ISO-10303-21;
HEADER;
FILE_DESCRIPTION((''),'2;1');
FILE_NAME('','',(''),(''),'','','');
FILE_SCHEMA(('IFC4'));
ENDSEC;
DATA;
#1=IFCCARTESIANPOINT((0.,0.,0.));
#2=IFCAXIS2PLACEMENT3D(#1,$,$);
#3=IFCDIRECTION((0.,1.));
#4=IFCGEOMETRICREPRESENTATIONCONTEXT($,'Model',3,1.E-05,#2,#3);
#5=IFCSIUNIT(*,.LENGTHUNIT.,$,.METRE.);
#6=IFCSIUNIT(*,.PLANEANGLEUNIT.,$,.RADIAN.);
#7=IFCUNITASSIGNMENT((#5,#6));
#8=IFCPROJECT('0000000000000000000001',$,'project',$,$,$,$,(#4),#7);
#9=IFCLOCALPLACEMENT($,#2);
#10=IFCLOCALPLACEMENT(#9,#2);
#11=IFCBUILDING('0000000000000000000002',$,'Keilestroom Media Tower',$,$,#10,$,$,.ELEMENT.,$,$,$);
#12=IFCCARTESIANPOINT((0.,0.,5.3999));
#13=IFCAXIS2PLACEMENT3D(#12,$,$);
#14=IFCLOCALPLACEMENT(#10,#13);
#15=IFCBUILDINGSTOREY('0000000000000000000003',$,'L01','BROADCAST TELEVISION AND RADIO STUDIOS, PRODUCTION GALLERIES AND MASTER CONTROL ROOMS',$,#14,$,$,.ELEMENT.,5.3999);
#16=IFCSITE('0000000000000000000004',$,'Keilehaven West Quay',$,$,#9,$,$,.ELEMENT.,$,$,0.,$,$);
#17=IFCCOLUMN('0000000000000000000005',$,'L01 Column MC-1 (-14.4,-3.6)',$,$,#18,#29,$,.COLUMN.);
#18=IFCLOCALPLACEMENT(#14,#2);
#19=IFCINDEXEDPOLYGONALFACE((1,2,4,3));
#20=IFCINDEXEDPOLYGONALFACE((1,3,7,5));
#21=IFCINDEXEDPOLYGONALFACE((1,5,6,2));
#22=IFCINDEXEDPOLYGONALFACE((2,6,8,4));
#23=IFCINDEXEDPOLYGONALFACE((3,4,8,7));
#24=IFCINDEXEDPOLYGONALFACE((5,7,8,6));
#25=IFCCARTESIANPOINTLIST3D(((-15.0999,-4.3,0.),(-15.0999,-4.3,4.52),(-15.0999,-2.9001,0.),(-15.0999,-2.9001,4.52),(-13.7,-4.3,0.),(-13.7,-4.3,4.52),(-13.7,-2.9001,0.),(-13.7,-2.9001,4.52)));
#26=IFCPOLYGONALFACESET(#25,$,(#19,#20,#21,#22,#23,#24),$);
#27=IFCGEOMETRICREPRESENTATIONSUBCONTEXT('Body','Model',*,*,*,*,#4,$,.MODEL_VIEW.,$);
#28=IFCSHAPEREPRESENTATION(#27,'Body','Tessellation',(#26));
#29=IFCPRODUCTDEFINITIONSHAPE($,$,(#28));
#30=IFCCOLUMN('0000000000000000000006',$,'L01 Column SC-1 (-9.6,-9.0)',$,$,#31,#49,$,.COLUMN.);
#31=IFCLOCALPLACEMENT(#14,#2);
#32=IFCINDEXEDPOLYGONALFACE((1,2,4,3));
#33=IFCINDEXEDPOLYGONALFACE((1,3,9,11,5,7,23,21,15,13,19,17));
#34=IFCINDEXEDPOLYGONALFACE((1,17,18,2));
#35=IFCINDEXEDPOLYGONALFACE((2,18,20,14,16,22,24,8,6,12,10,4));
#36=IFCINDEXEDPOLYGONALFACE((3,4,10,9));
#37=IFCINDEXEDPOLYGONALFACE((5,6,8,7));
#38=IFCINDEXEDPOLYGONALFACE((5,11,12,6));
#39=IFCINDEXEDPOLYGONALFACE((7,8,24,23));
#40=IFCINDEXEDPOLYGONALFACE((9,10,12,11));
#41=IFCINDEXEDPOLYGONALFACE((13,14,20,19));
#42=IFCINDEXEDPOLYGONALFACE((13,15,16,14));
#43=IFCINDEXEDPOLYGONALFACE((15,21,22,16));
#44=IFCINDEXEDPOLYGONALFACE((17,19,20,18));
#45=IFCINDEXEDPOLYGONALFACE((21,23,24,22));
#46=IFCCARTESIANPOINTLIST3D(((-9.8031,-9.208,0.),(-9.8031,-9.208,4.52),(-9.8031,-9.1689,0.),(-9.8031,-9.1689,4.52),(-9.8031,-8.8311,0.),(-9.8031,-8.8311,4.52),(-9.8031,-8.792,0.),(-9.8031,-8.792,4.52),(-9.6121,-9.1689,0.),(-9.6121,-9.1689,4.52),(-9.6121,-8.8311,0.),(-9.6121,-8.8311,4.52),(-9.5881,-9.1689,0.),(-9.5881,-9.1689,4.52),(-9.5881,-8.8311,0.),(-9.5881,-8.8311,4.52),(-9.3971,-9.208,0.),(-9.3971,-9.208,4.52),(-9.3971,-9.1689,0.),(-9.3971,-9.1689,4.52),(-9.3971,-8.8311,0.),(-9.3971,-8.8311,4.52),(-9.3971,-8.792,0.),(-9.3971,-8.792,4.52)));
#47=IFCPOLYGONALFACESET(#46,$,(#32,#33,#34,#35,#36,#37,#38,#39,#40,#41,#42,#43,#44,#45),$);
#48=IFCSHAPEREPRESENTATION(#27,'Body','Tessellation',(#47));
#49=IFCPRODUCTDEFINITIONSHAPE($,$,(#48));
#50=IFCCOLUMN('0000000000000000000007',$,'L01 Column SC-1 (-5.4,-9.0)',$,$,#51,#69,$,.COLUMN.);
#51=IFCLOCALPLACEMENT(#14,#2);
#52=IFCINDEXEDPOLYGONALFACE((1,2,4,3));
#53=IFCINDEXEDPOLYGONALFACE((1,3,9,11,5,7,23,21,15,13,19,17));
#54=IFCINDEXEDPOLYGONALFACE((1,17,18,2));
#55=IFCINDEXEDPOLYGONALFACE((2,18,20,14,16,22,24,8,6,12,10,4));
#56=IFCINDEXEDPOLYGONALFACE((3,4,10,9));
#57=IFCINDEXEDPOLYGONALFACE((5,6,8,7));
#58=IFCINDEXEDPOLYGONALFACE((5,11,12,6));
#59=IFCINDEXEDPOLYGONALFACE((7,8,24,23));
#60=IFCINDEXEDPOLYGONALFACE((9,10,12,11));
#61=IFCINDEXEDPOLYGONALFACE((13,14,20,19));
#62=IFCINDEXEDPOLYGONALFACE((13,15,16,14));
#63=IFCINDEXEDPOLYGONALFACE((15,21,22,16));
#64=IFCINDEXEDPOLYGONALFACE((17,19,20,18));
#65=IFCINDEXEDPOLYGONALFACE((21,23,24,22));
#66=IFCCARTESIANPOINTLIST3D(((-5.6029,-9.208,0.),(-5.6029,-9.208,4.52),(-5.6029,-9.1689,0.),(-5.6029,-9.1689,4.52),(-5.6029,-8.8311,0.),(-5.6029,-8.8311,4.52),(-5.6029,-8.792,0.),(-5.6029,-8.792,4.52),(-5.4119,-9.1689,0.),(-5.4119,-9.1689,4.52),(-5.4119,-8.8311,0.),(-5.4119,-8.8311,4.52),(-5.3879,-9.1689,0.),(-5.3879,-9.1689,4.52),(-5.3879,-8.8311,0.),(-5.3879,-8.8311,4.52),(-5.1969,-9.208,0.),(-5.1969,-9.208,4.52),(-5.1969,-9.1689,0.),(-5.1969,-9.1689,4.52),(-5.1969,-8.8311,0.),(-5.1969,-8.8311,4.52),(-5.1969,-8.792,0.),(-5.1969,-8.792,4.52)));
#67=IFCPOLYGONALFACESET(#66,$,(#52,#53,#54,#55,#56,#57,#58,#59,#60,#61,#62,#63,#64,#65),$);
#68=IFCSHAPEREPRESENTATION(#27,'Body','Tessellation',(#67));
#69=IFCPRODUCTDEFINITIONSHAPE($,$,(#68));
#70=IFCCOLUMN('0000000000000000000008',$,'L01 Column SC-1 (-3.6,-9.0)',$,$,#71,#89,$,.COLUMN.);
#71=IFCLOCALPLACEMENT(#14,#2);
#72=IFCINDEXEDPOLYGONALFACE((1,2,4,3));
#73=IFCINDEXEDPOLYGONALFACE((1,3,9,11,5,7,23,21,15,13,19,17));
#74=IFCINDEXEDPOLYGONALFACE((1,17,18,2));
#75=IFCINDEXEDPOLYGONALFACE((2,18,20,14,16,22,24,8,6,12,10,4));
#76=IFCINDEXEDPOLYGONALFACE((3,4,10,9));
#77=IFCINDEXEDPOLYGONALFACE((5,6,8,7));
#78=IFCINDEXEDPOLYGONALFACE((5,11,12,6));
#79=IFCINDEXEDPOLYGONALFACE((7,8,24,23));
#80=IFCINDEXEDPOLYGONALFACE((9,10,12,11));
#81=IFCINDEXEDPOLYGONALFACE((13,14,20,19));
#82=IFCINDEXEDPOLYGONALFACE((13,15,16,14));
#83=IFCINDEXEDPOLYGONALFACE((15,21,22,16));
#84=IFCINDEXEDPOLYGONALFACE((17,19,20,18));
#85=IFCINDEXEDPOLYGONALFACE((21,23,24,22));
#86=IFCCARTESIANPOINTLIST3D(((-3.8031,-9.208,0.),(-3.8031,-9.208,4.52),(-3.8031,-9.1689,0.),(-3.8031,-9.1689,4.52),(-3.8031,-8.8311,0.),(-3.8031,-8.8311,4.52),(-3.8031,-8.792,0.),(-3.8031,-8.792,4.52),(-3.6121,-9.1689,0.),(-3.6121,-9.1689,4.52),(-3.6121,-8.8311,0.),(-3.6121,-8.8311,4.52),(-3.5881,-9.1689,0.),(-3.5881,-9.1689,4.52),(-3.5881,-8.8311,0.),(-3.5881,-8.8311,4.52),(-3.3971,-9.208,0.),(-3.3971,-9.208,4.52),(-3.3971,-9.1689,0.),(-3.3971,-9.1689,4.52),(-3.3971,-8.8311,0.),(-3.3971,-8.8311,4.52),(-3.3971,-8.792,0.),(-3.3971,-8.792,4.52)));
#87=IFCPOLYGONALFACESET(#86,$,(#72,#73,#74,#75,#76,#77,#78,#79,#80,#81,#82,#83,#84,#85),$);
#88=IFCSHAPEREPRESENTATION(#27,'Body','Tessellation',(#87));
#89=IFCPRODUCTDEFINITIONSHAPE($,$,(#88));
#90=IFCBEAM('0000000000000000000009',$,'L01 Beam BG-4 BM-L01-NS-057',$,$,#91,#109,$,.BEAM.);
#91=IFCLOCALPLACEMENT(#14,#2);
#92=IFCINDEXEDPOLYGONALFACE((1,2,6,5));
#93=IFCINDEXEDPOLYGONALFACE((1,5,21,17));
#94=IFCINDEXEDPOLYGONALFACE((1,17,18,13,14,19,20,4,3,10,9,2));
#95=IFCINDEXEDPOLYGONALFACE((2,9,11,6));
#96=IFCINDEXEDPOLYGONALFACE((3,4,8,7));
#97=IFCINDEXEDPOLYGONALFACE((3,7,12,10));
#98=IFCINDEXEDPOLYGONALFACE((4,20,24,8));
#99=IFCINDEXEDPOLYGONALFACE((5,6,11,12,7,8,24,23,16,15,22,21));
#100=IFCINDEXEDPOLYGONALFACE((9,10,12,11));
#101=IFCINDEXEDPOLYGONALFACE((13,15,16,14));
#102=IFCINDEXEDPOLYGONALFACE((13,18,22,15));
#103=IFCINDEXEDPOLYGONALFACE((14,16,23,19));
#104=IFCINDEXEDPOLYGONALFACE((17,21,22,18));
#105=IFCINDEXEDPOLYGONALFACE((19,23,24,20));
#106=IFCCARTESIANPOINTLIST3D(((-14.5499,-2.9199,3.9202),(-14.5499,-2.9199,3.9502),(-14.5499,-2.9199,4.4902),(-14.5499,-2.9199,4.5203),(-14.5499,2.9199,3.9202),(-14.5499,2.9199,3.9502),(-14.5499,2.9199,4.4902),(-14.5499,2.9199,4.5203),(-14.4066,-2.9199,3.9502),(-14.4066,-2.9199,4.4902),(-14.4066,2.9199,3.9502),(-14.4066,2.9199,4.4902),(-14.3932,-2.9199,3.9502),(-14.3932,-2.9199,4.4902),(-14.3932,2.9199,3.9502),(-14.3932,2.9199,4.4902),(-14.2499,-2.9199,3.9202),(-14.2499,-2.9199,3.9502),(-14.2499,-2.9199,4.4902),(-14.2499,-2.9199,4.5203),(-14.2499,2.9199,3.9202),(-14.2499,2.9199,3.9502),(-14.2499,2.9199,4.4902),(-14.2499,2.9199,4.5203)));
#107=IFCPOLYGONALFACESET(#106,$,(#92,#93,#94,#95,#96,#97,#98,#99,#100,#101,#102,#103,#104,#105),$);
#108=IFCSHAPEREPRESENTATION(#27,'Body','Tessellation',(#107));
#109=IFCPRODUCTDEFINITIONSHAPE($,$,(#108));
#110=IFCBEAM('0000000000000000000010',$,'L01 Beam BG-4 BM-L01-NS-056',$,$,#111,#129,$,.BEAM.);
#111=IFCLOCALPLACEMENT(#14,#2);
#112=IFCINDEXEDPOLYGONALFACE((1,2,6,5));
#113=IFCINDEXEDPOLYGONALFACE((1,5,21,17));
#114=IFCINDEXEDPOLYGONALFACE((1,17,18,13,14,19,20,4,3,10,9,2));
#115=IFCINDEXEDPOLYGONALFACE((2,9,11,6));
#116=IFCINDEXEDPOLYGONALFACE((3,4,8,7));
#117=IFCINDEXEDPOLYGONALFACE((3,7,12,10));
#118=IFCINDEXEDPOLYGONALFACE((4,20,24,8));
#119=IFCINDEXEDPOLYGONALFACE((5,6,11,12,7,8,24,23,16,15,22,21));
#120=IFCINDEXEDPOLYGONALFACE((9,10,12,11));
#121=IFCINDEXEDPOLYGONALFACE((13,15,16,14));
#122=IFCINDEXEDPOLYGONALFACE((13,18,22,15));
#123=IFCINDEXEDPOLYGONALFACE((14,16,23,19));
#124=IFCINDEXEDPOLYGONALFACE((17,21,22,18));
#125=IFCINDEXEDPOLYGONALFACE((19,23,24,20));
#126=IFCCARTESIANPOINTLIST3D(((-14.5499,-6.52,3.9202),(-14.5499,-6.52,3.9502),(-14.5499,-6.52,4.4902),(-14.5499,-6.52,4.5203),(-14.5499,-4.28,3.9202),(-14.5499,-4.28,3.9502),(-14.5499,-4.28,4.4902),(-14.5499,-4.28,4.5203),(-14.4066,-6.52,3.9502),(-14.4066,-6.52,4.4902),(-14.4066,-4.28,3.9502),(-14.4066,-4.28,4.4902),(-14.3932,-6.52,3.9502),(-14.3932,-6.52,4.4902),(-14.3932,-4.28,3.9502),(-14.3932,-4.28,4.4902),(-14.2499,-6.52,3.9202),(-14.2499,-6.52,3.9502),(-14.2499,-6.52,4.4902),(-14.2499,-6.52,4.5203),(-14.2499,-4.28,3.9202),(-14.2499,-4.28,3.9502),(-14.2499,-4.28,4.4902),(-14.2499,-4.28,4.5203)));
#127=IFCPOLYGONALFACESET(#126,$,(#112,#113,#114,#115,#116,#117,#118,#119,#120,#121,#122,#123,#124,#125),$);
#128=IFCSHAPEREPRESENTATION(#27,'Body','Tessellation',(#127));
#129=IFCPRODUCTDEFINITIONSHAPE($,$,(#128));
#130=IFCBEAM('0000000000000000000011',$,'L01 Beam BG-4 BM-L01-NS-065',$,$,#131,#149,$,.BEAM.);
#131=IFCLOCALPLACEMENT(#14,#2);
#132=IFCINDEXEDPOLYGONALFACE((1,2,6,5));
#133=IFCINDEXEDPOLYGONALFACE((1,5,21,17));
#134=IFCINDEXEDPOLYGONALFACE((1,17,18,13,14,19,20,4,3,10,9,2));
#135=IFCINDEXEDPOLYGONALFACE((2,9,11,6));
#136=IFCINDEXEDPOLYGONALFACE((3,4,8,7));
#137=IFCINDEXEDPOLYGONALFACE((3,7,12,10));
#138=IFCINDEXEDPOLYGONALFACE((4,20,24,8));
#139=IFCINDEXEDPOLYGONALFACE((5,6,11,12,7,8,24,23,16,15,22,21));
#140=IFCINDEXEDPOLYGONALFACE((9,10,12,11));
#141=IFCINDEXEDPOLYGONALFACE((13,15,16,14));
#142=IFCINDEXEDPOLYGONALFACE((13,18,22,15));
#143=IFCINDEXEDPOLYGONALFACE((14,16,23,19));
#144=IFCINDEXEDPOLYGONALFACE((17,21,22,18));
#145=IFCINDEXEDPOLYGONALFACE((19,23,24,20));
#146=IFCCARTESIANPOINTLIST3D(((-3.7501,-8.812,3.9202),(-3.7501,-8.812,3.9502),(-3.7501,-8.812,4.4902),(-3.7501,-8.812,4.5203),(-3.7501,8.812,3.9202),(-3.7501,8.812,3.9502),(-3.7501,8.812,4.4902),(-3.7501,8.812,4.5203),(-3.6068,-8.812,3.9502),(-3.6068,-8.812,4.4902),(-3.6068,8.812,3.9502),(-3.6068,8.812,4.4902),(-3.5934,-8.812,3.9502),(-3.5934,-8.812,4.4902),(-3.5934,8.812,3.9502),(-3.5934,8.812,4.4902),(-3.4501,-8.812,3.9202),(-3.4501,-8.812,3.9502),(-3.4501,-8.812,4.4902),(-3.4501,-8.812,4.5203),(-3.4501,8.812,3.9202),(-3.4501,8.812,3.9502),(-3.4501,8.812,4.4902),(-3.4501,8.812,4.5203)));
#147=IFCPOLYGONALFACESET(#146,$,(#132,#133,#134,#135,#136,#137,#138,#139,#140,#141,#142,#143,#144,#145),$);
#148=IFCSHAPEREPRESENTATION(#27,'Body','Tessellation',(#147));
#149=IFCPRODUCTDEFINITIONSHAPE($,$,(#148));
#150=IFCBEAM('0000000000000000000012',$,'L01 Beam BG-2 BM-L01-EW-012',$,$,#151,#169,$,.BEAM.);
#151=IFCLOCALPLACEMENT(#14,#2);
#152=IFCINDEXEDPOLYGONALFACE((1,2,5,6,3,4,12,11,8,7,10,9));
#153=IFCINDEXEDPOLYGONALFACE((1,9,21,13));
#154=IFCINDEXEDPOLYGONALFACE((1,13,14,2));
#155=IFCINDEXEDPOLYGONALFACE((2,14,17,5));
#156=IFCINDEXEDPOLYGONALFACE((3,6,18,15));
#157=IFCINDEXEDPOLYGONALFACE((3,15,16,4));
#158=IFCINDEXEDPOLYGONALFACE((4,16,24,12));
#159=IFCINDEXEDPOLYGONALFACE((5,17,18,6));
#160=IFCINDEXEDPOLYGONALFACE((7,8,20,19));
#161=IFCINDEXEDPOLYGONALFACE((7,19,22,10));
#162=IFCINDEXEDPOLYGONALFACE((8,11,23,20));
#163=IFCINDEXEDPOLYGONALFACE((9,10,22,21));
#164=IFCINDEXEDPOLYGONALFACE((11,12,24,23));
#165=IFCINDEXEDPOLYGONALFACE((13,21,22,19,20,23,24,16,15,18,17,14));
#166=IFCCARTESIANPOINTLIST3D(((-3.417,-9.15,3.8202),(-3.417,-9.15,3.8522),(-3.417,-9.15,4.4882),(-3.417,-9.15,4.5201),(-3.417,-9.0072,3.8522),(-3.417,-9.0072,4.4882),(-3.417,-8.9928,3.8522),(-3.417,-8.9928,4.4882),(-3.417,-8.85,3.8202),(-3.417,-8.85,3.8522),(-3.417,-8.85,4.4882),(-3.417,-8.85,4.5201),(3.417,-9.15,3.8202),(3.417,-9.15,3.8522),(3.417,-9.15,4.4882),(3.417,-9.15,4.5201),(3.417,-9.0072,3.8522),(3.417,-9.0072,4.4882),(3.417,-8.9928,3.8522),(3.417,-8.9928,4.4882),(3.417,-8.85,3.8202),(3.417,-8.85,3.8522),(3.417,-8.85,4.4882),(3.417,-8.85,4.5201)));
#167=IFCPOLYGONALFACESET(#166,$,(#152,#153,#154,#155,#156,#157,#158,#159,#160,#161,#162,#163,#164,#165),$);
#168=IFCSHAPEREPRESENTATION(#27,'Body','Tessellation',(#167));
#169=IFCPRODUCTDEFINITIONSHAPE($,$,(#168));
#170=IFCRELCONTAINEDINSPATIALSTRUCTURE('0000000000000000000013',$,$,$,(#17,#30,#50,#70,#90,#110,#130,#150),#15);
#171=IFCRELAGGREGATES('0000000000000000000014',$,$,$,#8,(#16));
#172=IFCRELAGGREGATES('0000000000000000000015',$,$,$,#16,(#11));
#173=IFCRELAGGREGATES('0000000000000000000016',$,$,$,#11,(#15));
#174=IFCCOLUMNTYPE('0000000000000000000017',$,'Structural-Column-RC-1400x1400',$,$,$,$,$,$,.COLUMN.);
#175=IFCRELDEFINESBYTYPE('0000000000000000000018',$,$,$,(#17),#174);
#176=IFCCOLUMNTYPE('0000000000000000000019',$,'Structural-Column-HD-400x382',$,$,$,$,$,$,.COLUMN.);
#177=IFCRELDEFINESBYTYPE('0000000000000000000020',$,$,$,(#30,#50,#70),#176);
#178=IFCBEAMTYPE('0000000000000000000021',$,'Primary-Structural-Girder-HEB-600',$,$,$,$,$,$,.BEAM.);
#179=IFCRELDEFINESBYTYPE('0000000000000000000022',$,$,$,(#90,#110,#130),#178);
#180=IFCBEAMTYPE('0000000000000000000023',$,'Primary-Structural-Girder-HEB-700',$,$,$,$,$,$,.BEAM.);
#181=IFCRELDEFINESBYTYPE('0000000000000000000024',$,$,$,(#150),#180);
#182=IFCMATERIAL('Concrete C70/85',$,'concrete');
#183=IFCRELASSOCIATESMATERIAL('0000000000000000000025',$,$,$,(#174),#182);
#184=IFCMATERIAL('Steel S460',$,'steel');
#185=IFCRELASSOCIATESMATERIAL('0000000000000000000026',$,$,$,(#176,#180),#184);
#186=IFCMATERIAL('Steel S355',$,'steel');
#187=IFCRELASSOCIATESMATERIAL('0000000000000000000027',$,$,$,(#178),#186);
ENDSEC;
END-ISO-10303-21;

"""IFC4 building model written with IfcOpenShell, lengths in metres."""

from ifc_helpers import new_model, si_unit, direction, frame, origin, origin_2d, place, context, subcontext, project, spatial, rectangle, i_section, extrude, source, transform, mapped, material, material_profile, profile_set, type_object, element, save


model = new_model("IFC4")

# Units and contexts
model_context = context("Model", 3, precision=1e-05, world=origin(), true_north=direction((0.0, 1.0)))
body_context = subcontext(model_context, "Body", "Model", "MODEL_VIEW")
ifc_project = project(units=[si_unit("LENGTHUNIT", "METRE"), si_unit("PLANEANGLEUNIT", "RADIAN")], contexts=[model_context])

# Site, building, storey
site_placement = place(None, origin())
site = spatial("IfcSite", under=ifc_project, at=site_placement, Name="Keilehaven West Quay", CompositionType="ELEMENT", RefElevation=0.0)
building_placement = place(site_placement, origin())
building = spatial("IfcBuilding", under=site, at=building_placement, Name="Keilestroom Media Tower", CompositionType="ELEMENT")
storey_placement = place(building_placement, frame((0.0, 0.0, 5.3999)))
storey = spatial("IfcBuildingStorey", under=building, at=storey_placement, Name="L01", Description="BROADCAST TELEVISION AND RADIO STUDIOS, PRODUCTION GALLERIES AND MASTER CONTROL ROOMS", CompositionType="ELEMENT", Elevation=5.3999)

# Columns
ifc_material_1 = material(Name="Concrete C70/85", Category="concrete")
ifc_material_profile_1 = material_profile(ifc_material_1, rectangle(XDim=1.3999, YDim=1.3999, at=origin_2d()), Name="RC 1400x1400")
ifc_profile_set_1 = profile_set([ifc_material_profile_1], Name="Concrete C70/85")
column_type_1 = type_object("IfcColumnType", Name="Structural-Column-RC-1400x1400", PredefinedType="COLUMN", material=ifc_profile_set_1)
shared_shape_1 = source(origin(), body_context, "Body", "SweptSolid", [
    extrude(rectangle(XDim=1.3999, YDim=1.3999, at=origin_2d()), origin(), (0.0, 0.0, 1.0), 4.52),
])
column_placement = place(storey_placement, frame((-14.3999, -3.6001, 0.0), z_axis=(0.0, 0.0, 1.0), x_axis=(1.0, 0.0, 0.0)))
element("IfcColumn", 1, at=column_placement, inside=storey, type_object=column_type_1, Name="L01 Column MC-1 (-14.4,-3.6)", PredefinedType="COLUMN", context=body_context, shape_type="MappedRepresentation", body=[
    mapped(shared_shape_1, transform((0.0, 0.0, 0.0), x_axis=(1.0, 0.0, 0.0), y_axis=(0.0, 1.0, 0.0), z_axis=(0.0, 0.0, 1.0), scale=1.0)),
])
ifc_material_2 = material(Name="Steel S460", Category="steel")
ifc_material_profile_2 = material_profile(ifc_material_2, i_section(OverallWidth=0.406, OverallDepth=0.416, WebThickness=0.0239, FlangeThickness=0.0391, at=origin_2d()), Name="HD 400x382")
ifc_profile_set_2 = profile_set([ifc_material_profile_2], Name="Steel S460")
column_type_2 = type_object("IfcColumnType", Name="Structural-Column-HD-400x382", PredefinedType="COLUMN", material=ifc_profile_set_2)
shared_shape_2 = source(origin(), body_context, "Body", "SweptSolid", [
    extrude(i_section(OverallWidth=0.406, OverallDepth=0.416, WebThickness=0.0239, FlangeThickness=0.0391, at=origin_2d()), origin(), (0.0, 0.0, 1.0), 4.52),
])
for number, where, z_axis, x_axis, name in (
    (2, (-9.6001, -9.0, 0.0), (0.0, 0.0, 1.0), (1.0, 0.0, 0.0), "L01 Column SC-1 (-9.6,-9.0)"),
    (3, (-5.3999, -9.0, 0.0), (0.0, 0.0, 1.0), (1.0, 0.0, 0.0), "L01 Column SC-1 (-5.4,-9.0)"),
    (4, (-3.6001, -9.0, 0.0), (0.0, 0.0, 1.0), (1.0, 0.0, 0.0), "L01 Column SC-1 (-3.6,-9.0)"),
):
    element("IfcColumn", number, at=place(storey_placement, frame(where, z_axis=z_axis, x_axis=x_axis)), inside=storey, type_object=column_type_2, Name=name, PredefinedType="COLUMN", context=body_context, shape_type="MappedRepresentation", body=[
        mapped(shared_shape_2, transform((0.0, 0.0, 0.0), x_axis=(1.0, 0.0, 0.0), y_axis=(0.0, 1.0, 0.0), z_axis=(0.0, 0.0, 1.0), scale=1.0)),
    ])

# Beams
ifc_material_3 = material(Name="Steel S355", Category="steel")
ifc_material_profile_3 = material_profile(ifc_material_3, i_section(OverallWidth=0.3, OverallDepth=0.6001, WebThickness=0.0134, FlangeThickness=0.03, at=origin_2d()), Name="HEB 600")
ifc_profile_set_3 = profile_set([ifc_material_profile_3], Name="Steel S355")
beam_type_1 = type_object("IfcBeamType", Name="Primary-Structural-Girder-HEB-600", PredefinedType="BEAM", material=ifc_profile_set_3)
shared_shape_3 = source(origin(), body_context, "Body", "SweptSolid", [
    extrude(i_section(OverallWidth=0.3, OverallDepth=0.6001, WebThickness=0.0134, FlangeThickness=0.03, at=origin_2d()), origin(), (0.0, 0.0, 1.0), 5.8398),
])
beam_1_placement = place(storey_placement, frame((-14.3999, -2.9199, 4.2202), z_axis=(0.0, 1.0, 0.0), x_axis=(-1.0, 0.0, 0.0)))
element("IfcBeam", 5, at=beam_1_placement, inside=storey, type_object=beam_type_1, Name="L01 Beam BG-4 BM-L01-NS-057", PredefinedType="BEAM", context=body_context, shape_type="MappedRepresentation", body=[
    mapped(shared_shape_3, transform((0.0, 0.0, 0.0), x_axis=(1.0, 0.0, 0.0), y_axis=(0.0, 1.0, 0.0), z_axis=(0.0, 0.0, 1.0), scale=1.0)),
])
shared_shape_4 = source(origin(), body_context, "Body", "SweptSolid", [
    extrude(i_section(OverallWidth=0.3, OverallDepth=0.6001, WebThickness=0.0134, FlangeThickness=0.03, at=origin_2d()), origin(), (0.0, 0.0, 1.0), 2.24),
])
beam_2_placement = place(storey_placement, frame((-14.3999, -6.52, 4.2202), z_axis=(0.0, 1.0, 0.0), x_axis=(-1.0, 0.0, 0.0)))
element("IfcBeam", 6, at=beam_2_placement, inside=storey, type_object=beam_type_1, Name="L01 Beam BG-4 BM-L01-NS-056", PredefinedType="BEAM", context=body_context, shape_type="MappedRepresentation", body=[
    mapped(shared_shape_4, transform((0.0, 0.0, 0.0), x_axis=(1.0, 0.0, 0.0), y_axis=(0.0, 1.0, 0.0), z_axis=(0.0, 0.0, 1.0), scale=1.0)),
])
shared_shape_5 = source(origin(), body_context, "Body", "SweptSolid", [
    extrude(i_section(OverallWidth=0.3, OverallDepth=0.6001, WebThickness=0.0134, FlangeThickness=0.03, at=origin_2d()), origin(), (0.0, 0.0, 1.0), 17.624),
])
beam_3_placement = place(storey_placement, frame((-3.6001, -8.812, 4.2202), z_axis=(0.0, 1.0, 0.0), x_axis=(-1.0, 0.0, 0.0)))
element("IfcBeam", 7, at=beam_3_placement, inside=storey, type_object=beam_type_1, Name="L01 Beam BG-4 BM-L01-NS-065", PredefinedType="BEAM", context=body_context, shape_type="MappedRepresentation", body=[
    mapped(shared_shape_5, transform((0.0, 0.0, 0.0), x_axis=(1.0, 0.0, 0.0), y_axis=(0.0, 1.0, 0.0), z_axis=(0.0, 0.0, 1.0), scale=1.0)),
])
ifc_material_profile_4 = material_profile(ifc_material_2, i_section(OverallWidth=0.3, OverallDepth=0.7, WebThickness=0.0144, FlangeThickness=0.032, at=origin_2d()), Name="HEB 700")
ifc_profile_set_4 = profile_set([ifc_material_profile_4], Name="Steel S460")
beam_type_2 = type_object("IfcBeamType", Name="Primary-Structural-Girder-HEB-700", PredefinedType="BEAM", material=ifc_profile_set_4)
shared_shape_6 = source(origin(), body_context, "Body", "SweptSolid", [
    extrude(i_section(OverallWidth=0.3, OverallDepth=0.7, WebThickness=0.0144, FlangeThickness=0.032, at=origin_2d()), origin(), (0.0, 0.0, 1.0), 6.834),
])
beam_4_placement = place(storey_placement, frame((-3.417, -9.0, 4.1702), z_axis=(1.0, 0.0, 0.0), x_axis=(0.0, 1.0, 0.0)))
element("IfcBeam", 8, at=beam_4_placement, inside=storey, type_object=beam_type_2, Name="L01 Beam BG-2 BM-L01-EW-012", PredefinedType="BEAM", context=body_context, shape_type="MappedRepresentation", body=[
    mapped(shared_shape_6, transform((0.0, 0.0, 0.0), x_axis=(1.0, 0.0, 0.0), y_axis=(0.0, 1.0, 0.0), z_axis=(0.0, 0.0, 1.0), scale=1.0)),
])

save(model, "model.ifc")
